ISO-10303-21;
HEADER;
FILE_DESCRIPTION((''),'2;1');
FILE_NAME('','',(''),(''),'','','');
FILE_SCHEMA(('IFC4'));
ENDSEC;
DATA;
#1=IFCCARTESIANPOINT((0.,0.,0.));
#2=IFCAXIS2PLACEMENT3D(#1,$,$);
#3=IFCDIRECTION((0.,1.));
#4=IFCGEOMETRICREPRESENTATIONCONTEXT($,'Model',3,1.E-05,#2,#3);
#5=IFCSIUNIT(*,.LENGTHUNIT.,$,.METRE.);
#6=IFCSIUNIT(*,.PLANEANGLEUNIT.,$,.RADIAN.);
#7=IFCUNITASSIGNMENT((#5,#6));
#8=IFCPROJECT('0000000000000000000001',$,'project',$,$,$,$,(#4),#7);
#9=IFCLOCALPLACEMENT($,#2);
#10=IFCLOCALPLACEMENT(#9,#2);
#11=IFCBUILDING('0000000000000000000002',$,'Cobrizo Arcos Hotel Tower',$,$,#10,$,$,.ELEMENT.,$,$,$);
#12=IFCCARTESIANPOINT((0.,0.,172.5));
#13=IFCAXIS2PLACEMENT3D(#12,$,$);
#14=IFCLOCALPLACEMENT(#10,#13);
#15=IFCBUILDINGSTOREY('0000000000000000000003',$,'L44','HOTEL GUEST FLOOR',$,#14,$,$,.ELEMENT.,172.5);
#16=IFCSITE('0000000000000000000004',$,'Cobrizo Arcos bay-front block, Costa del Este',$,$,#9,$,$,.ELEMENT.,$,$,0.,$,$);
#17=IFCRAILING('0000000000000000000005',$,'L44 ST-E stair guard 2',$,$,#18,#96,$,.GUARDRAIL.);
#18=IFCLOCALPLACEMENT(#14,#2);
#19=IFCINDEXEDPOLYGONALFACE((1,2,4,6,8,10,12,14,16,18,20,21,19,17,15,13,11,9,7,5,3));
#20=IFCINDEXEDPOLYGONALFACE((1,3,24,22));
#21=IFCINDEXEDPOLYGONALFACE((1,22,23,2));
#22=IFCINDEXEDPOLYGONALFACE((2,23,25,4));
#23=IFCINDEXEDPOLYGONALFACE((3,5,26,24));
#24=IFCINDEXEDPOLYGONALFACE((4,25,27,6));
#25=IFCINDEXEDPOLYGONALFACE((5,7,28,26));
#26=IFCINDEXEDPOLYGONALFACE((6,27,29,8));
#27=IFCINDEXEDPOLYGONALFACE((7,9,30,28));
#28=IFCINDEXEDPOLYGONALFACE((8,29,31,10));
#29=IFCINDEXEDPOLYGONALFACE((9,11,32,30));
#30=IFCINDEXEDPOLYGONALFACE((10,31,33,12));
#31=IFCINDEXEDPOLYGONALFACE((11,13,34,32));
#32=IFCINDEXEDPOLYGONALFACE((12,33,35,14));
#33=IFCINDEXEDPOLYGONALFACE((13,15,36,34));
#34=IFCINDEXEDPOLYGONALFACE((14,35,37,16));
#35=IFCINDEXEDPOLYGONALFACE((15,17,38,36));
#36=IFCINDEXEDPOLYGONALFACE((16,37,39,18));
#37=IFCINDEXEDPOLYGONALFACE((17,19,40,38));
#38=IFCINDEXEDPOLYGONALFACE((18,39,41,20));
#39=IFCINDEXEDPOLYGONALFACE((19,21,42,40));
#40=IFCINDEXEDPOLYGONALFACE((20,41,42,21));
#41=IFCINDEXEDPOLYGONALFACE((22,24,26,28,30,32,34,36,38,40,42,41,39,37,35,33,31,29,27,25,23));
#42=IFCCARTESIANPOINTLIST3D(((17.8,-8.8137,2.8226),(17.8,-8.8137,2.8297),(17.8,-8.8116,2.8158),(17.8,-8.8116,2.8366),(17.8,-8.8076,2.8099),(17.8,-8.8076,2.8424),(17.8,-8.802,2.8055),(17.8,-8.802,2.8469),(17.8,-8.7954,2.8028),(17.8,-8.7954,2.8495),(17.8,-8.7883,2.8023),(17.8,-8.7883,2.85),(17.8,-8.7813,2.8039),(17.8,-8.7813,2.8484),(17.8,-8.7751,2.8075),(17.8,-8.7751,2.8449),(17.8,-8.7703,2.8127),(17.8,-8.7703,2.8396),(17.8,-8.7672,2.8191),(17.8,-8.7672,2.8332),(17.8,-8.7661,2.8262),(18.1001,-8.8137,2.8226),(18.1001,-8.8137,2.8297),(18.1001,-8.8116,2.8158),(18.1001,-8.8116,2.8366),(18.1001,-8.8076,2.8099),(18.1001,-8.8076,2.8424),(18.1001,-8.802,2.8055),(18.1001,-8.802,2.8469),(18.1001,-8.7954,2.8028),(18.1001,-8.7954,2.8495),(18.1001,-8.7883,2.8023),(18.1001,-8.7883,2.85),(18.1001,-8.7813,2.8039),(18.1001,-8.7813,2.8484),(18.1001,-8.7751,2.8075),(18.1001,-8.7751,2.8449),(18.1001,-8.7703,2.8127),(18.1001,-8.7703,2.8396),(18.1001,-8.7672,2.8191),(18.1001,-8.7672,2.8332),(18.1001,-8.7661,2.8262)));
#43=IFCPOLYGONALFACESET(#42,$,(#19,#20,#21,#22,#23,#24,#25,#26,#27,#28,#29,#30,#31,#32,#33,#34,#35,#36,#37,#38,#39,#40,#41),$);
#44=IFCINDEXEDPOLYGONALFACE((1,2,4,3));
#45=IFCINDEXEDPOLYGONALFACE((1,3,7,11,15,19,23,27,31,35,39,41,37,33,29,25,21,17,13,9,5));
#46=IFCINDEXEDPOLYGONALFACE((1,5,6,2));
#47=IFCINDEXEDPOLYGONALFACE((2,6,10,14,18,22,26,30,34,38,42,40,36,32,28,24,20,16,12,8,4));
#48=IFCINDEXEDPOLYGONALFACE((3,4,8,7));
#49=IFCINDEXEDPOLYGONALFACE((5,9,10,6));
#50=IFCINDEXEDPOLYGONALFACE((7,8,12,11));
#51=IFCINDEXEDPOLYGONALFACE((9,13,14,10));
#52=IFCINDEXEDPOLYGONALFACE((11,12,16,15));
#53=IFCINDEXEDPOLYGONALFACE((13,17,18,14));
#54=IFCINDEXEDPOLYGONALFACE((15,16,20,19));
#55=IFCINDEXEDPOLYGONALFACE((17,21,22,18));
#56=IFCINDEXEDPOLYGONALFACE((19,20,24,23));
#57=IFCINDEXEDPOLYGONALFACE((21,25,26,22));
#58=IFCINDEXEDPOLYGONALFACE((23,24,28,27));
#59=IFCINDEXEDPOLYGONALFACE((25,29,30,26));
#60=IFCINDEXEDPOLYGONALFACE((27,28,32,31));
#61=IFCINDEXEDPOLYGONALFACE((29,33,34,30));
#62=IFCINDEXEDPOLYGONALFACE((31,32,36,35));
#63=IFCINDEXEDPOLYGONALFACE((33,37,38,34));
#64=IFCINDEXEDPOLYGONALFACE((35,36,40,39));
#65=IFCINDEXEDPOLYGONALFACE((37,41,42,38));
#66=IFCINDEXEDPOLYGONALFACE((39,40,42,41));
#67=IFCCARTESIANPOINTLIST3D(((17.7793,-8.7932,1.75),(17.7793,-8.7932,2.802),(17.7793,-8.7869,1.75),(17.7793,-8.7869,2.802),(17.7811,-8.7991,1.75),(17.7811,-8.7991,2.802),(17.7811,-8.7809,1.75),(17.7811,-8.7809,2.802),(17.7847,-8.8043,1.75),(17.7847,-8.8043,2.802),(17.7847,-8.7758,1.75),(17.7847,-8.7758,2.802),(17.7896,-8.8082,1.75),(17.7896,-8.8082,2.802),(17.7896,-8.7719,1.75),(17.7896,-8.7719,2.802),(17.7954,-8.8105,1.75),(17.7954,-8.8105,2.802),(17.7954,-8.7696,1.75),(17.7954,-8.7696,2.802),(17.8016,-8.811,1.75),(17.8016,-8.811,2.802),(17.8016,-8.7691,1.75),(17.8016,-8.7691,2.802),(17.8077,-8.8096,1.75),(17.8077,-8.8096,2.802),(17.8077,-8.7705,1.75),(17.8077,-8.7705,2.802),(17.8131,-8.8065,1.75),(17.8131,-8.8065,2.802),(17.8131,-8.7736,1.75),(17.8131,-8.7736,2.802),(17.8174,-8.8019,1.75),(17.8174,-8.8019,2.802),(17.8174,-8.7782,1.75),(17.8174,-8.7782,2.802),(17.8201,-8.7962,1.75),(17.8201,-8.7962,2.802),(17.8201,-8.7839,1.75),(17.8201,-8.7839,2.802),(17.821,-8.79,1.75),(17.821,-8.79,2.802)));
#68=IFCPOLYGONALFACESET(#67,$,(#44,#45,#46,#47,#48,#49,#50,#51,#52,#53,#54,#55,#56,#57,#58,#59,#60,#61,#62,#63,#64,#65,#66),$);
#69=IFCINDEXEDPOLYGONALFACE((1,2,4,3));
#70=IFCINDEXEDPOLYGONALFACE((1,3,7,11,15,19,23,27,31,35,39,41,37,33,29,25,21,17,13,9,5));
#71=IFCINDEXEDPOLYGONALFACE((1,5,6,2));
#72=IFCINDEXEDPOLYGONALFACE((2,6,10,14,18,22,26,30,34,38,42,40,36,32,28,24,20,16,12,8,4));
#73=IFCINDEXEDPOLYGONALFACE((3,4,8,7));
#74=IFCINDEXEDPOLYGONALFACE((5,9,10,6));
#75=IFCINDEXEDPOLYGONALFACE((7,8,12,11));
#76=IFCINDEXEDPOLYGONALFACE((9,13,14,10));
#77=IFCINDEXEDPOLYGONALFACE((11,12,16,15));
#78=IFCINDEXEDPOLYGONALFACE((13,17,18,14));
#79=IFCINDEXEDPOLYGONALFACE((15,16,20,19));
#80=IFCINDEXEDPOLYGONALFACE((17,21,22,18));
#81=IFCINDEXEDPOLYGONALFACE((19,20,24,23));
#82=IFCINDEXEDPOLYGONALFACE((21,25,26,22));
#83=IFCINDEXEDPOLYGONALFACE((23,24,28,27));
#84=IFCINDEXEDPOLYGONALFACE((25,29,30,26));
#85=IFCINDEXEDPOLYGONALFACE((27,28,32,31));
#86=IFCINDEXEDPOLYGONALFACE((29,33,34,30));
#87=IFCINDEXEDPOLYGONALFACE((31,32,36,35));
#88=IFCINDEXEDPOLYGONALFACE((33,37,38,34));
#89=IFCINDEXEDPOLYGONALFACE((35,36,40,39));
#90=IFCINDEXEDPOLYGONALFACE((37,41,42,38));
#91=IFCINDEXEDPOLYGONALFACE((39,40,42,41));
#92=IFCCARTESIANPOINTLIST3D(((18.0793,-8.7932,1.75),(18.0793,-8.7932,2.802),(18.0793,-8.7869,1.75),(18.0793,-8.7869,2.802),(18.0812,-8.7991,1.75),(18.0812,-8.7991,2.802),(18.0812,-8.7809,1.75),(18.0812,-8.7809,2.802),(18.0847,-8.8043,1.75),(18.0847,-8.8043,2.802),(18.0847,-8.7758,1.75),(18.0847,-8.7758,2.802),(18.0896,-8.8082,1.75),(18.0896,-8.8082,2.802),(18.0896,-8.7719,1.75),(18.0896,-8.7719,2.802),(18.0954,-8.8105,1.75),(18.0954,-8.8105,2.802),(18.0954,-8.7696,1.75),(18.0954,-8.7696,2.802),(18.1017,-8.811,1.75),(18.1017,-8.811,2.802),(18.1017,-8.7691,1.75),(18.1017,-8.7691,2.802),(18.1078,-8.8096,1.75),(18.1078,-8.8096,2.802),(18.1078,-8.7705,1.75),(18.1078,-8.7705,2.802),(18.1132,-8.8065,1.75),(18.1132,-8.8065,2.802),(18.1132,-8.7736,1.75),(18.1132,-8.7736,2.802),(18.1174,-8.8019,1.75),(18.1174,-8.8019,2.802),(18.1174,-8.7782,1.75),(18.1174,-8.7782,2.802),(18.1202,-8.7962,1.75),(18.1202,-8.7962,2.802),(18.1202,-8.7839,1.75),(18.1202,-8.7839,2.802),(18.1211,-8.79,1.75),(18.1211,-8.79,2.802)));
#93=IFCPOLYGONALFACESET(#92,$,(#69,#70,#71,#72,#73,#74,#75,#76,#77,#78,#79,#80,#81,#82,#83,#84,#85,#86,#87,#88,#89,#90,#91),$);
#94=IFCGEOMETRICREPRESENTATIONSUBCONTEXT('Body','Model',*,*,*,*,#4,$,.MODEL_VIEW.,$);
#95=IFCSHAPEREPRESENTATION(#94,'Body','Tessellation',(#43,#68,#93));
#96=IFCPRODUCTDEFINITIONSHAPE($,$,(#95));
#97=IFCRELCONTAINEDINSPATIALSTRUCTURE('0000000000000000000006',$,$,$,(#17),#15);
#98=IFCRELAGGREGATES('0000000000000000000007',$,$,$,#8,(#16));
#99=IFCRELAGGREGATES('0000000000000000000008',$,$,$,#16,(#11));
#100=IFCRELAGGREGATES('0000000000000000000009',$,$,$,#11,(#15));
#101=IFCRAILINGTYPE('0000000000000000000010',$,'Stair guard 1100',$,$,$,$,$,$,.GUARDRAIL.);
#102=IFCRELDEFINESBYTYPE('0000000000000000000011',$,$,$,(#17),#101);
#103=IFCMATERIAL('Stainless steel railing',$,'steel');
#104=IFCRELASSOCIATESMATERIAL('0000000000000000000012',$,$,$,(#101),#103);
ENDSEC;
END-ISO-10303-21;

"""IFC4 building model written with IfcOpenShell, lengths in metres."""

from ifc_helpers import new_model, si_unit, direction, frame, origin, origin_2d, place, context, subcontext, project, spatial, circle, extrude, material, type_object, element, save


model = new_model("IFC4")

# Units and contexts
model_context = context("Model", 3, precision=1e-05, world=origin(), true_north=direction((0.0, 1.0)))
body_context = subcontext(model_context, "Body", "Model", "MODEL_VIEW")
ifc_project = project(units=[si_unit("LENGTHUNIT", "METRE"), si_unit("PLANEANGLEUNIT", "RADIAN")], contexts=[model_context])

# Site, building, storey
site_placement = place(None, origin())
site = spatial("IfcSite", under=ifc_project, at=site_placement, Name="Cobrizo Arcos bay-front block, Costa del Este", CompositionType="ELEMENT", RefElevation=0.0)
building_placement = place(site_placement, origin())
building = spatial("IfcBuilding", under=site, at=building_placement, Name="Cobrizo Arcos Hotel Tower", CompositionType="ELEMENT")
storey_placement = place(building_placement, frame((0.0, 0.0, 172.5)))
storey = spatial("IfcBuildingStorey", under=building, at=storey_placement, Name="L44", Description="HOTEL GUEST FLOOR", CompositionType="ELEMENT", Elevation=172.5)

# Railing
ifc_material_1 = material(Name="Stainless steel railing", Category="steel")
railing_type_1 = type_object("IfcRailingType", Name="Stair guard 1100", PredefinedType="GUARDRAIL", material=ifc_material_1)
railing_1_placement = place(storey_placement, frame((17.8, -8.79, 1.75)))
element("IfcRailing", 1, at=railing_1_placement, inside=storey, type_object=railing_type_1, Name="L44 ST-E stair guard 2", PredefinedType="GUARDRAIL", context=body_context, shape_type="SweptSolid", body=[
    extrude(circle(Radius=0.0239, at=origin_2d()), frame((0.0, 0.0, 1.0762), z_axis=(1.0, 0.0, 0.0), x_axis=(0.0, 1.0, 0.0)), (0.0, 0.0, 1.0), 0.3),
    extrude(circle(Radius=0.021, at=origin_2d()), origin(), (0.0, 0.0, 1.0), 1.052),
    extrude(circle(Radius=0.021, at=origin_2d()), frame((0.3, 0.0, 0.0)), (0.0, 0.0, 1.0), 1.052),
])

save(model, "model.ifc")
